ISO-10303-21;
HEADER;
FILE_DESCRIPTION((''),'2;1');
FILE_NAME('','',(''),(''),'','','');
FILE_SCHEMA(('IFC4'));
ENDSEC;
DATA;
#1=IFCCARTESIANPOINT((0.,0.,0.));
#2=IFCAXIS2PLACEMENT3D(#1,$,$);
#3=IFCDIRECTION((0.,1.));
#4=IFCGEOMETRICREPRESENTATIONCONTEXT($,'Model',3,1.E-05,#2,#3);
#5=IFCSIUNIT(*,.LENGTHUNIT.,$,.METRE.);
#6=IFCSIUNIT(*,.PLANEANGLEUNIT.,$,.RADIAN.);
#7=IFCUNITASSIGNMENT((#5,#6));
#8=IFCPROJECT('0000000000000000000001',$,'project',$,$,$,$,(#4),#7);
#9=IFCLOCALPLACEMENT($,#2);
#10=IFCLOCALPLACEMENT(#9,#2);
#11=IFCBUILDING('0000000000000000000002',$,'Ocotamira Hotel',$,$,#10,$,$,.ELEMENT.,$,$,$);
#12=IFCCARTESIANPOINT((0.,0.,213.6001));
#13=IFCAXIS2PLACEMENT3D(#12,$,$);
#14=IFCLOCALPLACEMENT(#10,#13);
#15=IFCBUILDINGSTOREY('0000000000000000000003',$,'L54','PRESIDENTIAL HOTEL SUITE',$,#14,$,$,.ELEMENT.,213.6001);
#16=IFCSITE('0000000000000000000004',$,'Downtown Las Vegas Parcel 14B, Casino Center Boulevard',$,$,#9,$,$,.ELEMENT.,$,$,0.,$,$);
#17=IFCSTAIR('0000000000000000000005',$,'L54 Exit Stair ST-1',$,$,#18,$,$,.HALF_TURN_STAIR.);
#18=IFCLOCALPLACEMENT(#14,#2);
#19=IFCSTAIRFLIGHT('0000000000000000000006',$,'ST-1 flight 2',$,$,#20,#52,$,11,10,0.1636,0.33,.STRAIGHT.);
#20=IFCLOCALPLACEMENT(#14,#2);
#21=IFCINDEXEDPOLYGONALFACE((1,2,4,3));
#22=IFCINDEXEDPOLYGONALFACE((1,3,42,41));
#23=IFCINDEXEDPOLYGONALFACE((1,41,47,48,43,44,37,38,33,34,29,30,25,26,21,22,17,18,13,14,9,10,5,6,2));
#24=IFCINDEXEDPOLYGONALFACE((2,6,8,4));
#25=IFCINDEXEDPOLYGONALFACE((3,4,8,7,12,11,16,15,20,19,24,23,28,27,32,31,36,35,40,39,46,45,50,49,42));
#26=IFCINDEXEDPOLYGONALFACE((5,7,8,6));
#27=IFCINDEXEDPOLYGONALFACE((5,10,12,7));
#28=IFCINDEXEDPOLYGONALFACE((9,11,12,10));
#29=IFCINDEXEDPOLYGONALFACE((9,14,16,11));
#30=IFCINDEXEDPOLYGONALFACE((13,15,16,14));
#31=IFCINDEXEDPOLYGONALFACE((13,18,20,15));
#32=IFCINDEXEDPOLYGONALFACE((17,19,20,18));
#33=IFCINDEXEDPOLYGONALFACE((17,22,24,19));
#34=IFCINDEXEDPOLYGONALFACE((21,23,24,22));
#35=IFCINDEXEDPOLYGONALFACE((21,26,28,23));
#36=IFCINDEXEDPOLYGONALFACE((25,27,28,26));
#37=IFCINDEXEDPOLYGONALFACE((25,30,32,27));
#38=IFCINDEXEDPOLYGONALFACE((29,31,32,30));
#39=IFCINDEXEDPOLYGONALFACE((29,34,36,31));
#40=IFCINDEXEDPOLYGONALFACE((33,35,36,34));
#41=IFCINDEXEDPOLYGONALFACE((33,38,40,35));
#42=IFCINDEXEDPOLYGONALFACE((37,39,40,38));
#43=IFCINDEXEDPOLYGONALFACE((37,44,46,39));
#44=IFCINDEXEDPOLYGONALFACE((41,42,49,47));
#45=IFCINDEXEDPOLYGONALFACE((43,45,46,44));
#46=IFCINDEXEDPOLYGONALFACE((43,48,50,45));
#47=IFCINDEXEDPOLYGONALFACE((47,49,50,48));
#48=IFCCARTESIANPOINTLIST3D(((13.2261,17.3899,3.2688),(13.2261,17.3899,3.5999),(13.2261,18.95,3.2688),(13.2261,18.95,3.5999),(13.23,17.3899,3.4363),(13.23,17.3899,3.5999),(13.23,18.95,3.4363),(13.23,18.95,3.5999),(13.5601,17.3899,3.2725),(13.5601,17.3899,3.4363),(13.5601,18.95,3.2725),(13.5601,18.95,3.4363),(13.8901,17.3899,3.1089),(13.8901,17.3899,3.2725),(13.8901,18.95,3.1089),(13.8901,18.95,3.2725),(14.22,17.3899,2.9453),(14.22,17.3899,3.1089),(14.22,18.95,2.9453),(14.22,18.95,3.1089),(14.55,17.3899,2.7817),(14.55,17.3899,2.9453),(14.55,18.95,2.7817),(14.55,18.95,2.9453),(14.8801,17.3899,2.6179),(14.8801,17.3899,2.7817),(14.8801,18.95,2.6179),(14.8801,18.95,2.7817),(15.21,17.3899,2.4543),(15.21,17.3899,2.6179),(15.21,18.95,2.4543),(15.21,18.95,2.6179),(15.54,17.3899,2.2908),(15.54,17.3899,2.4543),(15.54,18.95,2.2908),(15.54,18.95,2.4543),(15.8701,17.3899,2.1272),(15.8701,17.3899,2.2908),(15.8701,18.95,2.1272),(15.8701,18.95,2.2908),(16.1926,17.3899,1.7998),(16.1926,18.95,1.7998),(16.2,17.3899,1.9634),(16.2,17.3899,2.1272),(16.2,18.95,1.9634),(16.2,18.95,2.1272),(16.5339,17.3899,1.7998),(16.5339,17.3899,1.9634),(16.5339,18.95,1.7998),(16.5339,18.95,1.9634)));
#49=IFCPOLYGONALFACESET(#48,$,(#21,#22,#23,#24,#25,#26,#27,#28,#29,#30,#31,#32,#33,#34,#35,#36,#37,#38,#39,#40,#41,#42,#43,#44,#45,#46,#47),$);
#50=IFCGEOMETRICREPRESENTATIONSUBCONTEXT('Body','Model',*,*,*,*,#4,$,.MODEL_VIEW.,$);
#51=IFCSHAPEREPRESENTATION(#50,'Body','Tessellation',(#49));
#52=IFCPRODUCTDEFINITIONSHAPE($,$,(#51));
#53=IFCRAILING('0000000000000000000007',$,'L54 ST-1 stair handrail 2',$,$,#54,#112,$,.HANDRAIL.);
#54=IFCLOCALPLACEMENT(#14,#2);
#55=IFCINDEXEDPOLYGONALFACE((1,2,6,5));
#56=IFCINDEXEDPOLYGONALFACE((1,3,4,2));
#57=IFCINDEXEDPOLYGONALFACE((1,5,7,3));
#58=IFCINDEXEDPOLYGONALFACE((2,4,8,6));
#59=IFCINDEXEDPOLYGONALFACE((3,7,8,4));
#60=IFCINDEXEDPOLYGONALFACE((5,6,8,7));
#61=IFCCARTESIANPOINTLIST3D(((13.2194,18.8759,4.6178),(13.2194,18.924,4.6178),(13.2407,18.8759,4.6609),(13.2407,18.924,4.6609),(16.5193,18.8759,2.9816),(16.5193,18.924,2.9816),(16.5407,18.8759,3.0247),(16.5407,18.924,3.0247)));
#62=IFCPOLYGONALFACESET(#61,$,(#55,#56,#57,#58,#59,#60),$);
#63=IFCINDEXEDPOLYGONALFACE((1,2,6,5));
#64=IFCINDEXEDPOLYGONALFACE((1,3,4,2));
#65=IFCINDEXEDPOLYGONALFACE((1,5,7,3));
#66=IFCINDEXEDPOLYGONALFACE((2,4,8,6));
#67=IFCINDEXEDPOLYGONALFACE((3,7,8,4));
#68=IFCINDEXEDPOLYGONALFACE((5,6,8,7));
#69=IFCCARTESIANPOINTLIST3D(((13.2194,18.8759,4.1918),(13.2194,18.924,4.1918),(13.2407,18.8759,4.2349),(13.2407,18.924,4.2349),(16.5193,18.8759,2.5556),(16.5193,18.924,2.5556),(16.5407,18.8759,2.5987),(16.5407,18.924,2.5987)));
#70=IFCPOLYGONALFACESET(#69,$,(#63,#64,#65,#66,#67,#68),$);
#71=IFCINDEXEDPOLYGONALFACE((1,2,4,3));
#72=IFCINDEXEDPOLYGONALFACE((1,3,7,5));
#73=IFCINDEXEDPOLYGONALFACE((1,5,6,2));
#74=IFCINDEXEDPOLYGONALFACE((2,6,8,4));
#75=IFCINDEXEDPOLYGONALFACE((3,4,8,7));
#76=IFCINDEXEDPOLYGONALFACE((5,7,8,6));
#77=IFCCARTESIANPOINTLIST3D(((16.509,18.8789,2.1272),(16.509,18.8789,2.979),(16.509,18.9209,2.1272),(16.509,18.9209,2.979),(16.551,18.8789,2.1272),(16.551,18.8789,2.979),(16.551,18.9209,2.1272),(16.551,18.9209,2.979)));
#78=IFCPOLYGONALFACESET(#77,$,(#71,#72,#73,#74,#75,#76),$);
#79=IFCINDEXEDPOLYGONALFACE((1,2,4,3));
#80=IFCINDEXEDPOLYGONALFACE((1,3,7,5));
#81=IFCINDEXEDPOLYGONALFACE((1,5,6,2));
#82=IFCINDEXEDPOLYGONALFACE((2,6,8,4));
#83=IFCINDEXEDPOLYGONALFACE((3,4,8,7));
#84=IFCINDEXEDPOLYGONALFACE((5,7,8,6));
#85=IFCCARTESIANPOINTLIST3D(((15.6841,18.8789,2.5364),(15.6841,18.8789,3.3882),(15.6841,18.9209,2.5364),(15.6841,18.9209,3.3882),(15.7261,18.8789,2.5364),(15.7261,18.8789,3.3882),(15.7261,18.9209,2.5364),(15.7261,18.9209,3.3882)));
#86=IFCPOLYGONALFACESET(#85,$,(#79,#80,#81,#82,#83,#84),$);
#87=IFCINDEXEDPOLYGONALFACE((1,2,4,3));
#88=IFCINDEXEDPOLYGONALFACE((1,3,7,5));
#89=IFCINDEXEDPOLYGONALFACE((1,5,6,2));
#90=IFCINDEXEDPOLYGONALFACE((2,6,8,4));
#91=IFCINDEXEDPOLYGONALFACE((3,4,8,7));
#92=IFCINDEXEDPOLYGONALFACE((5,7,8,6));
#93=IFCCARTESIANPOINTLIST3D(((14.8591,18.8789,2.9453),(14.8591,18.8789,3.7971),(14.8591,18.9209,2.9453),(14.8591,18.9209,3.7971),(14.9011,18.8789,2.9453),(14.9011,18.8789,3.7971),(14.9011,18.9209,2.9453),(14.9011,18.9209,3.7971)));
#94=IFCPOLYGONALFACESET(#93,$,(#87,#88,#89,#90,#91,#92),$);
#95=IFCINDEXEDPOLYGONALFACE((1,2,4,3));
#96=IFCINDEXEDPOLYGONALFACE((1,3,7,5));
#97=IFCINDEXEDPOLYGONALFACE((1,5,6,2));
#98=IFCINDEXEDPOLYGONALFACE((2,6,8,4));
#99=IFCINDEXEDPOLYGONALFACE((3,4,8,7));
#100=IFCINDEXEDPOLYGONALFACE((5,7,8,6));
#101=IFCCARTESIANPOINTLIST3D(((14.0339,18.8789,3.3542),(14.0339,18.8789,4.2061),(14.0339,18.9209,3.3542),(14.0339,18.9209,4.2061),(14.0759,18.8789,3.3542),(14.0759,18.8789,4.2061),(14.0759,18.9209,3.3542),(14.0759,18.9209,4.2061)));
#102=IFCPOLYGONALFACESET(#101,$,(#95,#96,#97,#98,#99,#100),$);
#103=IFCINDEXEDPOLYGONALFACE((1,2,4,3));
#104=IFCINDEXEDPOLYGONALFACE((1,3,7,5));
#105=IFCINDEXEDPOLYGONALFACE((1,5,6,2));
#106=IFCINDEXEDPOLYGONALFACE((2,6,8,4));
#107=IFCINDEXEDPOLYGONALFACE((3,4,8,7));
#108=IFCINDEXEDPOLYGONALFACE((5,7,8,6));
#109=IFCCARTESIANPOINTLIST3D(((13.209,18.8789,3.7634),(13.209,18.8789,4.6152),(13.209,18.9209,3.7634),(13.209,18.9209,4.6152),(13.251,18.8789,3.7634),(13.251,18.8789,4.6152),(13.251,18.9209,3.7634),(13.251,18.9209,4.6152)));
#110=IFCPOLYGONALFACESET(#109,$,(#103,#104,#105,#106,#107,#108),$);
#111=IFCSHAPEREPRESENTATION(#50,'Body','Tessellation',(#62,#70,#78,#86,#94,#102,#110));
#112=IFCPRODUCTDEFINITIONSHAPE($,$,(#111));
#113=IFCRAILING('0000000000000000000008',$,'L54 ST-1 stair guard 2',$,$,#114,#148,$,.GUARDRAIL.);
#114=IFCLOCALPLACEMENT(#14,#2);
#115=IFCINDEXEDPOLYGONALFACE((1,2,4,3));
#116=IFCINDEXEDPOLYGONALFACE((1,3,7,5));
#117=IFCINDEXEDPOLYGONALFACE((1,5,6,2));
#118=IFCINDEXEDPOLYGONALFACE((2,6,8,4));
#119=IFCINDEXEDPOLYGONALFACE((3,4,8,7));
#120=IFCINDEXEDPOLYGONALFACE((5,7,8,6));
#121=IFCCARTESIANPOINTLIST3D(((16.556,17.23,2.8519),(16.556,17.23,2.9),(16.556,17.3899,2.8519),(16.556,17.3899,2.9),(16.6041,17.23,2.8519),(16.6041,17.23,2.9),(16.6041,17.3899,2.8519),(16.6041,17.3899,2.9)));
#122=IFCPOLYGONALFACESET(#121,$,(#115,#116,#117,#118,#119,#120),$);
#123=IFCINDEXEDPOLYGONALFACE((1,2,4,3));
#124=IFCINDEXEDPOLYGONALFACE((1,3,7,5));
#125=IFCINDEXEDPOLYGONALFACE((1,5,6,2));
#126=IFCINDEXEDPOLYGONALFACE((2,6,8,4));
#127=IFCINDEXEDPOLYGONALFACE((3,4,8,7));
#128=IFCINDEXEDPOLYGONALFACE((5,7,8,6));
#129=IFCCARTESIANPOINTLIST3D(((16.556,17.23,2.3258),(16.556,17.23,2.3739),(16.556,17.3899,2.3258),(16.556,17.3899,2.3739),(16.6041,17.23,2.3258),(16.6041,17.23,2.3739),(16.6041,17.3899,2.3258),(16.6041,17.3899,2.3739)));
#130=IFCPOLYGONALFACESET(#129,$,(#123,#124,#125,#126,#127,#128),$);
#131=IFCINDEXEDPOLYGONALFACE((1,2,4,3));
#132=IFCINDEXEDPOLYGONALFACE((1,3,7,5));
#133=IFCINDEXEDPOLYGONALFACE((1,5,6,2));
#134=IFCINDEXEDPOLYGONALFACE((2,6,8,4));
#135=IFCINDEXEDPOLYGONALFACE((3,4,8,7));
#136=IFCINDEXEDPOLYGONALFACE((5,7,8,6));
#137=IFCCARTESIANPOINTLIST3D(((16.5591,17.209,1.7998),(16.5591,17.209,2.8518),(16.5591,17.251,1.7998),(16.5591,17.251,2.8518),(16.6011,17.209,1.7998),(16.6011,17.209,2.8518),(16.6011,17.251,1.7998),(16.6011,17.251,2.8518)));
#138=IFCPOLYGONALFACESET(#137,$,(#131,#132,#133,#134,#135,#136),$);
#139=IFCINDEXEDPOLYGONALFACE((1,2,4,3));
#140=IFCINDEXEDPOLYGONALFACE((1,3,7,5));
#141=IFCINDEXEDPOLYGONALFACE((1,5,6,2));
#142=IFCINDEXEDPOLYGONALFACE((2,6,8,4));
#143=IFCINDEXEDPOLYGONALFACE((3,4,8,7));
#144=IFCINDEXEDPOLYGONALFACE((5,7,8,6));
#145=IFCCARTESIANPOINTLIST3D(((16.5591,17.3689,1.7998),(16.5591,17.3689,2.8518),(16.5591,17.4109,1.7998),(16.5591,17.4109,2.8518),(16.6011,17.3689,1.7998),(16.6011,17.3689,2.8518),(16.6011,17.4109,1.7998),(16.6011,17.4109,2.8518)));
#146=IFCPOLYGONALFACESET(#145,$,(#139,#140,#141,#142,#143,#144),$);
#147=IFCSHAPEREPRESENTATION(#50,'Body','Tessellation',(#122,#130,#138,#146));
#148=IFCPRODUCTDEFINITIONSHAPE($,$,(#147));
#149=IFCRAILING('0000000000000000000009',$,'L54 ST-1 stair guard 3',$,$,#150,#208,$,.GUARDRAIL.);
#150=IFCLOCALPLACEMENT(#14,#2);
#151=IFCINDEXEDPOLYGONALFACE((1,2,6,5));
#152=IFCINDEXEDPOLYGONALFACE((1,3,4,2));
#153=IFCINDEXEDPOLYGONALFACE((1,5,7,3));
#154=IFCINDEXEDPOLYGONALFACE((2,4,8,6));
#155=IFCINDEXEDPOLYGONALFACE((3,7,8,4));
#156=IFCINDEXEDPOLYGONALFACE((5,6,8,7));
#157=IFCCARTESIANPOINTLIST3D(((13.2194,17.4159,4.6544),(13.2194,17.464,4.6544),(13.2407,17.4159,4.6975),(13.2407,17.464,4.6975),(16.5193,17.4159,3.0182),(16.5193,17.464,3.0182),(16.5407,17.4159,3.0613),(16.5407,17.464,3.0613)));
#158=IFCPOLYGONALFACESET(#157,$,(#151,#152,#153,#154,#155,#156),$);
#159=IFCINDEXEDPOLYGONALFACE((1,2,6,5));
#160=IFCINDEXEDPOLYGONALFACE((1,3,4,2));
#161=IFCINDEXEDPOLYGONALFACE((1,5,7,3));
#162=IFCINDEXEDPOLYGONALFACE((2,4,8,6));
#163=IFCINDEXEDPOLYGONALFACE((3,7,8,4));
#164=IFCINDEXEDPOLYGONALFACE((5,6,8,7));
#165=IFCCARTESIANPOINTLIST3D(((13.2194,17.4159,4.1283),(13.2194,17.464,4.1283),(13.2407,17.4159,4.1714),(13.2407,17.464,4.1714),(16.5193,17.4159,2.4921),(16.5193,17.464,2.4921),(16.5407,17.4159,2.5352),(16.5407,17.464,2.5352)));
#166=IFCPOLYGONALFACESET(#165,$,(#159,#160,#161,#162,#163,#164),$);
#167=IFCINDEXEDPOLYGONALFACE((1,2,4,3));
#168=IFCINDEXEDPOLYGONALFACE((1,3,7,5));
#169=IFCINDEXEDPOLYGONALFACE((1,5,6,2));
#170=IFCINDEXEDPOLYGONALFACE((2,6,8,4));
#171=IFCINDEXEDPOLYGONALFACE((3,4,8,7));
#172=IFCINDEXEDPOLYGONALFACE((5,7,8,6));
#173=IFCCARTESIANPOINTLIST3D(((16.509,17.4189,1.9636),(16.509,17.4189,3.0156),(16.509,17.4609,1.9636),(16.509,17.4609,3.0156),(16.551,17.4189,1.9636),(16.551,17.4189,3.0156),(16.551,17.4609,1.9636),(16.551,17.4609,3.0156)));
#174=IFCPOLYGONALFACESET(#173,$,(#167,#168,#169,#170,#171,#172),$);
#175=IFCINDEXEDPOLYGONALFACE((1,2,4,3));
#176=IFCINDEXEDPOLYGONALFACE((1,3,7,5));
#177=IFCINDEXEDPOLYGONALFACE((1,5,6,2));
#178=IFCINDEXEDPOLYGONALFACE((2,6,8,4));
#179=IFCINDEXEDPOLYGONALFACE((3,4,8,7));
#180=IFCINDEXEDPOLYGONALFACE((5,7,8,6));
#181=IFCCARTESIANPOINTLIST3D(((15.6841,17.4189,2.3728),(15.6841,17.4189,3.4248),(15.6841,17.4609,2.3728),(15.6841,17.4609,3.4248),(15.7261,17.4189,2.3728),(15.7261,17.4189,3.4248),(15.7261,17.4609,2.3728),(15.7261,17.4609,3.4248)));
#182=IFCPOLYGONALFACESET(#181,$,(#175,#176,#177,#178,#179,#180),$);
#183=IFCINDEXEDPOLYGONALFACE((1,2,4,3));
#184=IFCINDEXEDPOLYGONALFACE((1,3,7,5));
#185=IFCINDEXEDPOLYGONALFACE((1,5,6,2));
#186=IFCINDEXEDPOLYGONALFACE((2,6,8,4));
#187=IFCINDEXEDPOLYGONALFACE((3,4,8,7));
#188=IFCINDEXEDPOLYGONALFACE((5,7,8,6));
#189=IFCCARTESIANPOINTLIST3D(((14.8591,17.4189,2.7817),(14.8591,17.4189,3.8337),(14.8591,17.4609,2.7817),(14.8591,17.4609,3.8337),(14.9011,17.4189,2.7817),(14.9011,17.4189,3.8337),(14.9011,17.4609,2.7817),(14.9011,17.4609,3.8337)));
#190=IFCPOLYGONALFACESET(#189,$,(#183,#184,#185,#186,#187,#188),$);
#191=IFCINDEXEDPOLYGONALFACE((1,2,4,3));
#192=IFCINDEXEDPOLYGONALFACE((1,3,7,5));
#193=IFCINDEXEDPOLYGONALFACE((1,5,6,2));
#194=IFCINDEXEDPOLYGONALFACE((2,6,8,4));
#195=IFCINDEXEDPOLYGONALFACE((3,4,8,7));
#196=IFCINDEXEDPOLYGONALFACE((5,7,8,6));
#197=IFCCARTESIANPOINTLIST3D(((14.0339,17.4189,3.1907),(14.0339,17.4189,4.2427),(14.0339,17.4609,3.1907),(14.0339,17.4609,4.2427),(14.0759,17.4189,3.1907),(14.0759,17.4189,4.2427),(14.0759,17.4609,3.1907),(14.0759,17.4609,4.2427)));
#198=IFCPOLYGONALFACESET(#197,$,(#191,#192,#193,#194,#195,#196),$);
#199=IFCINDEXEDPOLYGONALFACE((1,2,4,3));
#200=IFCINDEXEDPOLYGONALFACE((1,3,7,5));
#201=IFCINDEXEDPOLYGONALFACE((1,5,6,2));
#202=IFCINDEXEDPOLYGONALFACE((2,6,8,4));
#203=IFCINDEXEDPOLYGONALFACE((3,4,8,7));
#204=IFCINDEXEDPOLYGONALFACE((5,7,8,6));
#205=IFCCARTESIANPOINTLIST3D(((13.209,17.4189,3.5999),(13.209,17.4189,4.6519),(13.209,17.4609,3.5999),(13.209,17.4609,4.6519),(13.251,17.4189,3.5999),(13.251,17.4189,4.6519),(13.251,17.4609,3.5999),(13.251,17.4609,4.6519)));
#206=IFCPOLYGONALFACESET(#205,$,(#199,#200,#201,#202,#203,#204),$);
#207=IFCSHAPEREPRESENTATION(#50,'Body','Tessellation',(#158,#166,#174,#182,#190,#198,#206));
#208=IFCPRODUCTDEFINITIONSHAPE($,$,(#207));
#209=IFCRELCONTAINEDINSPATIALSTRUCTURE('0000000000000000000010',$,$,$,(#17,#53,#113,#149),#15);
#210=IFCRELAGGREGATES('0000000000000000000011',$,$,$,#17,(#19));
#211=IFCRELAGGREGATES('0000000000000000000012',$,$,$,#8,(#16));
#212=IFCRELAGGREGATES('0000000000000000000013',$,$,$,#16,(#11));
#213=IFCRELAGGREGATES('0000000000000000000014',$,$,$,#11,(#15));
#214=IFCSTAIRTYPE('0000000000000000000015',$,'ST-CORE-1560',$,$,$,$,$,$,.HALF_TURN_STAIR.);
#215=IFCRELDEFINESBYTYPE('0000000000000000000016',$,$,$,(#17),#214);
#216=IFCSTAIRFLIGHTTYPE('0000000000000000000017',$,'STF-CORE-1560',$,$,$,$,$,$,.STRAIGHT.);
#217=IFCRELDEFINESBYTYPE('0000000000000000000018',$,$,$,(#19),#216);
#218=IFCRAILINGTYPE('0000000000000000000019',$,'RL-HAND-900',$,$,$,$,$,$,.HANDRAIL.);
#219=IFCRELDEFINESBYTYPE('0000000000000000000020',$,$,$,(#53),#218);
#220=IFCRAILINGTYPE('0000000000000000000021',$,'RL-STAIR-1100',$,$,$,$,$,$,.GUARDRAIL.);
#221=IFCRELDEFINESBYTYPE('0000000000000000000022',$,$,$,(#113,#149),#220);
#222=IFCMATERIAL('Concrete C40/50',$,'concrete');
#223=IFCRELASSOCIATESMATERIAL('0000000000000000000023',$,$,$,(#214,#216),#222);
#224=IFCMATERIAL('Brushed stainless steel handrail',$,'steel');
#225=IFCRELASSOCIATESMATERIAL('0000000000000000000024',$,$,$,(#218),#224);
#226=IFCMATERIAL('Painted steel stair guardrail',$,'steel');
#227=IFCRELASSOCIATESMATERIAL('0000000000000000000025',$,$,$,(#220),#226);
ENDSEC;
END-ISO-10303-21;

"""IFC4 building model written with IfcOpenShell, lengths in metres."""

from ifc_helpers import new_model, si_unit, direction, frame, origin, origin_2d, place, context, subcontext, project, spatial, polyline, rectangle, outline, extrude, source, transform, mapped, material, type_object, element, aggregate, save


model = new_model("IFC4")

# Units and contexts
model_context = context("Model", 3, precision=1e-05, world=origin(), true_north=direction((0.0, 1.0)))
body_context = subcontext(model_context, "Body", "Model", "MODEL_VIEW")
ifc_project = project(units=[si_unit("LENGTHUNIT", "METRE"), si_unit("PLANEANGLEUNIT", "RADIAN")], contexts=[model_context])

# Site, building, storey
site_placement = place(None, origin())
site = spatial("IfcSite", under=ifc_project, at=site_placement, Name="Downtown Las Vegas Parcel 14B, Casino Center Boulevard", CompositionType="ELEMENT", RefElevation=0.0)
building_placement = place(site_placement, origin())
building = spatial("IfcBuilding", under=site, at=building_placement, Name="Ocotamira Hotel", CompositionType="ELEMENT")
storey_placement = place(building_placement, frame((0.0, 0.0, 213.6001)))
storey = spatial("IfcBuildingStorey", under=building, at=storey_placement, Name="L54", Description="PRESIDENTIAL HOTEL SUITE", CompositionType="ELEMENT", Elevation=213.6001)

# Stair, stair flight
ifc_material_1 = material(Name="Concrete C40/50", Category="concrete")
stair_type = type_object("IfcStairType", Name="ST-CORE-1560", PredefinedType="HALF_TURN_STAIR", material=ifc_material_1)
stair_placement = place(storey_placement, origin())
stair = element("IfcStair", 1, at=stair_placement, inside=storey, type_object=stair_type, Name="L54 Exit Stair ST-1", PredefinedType="HALF_TURN_STAIR")
stair_flight_type = type_object("IfcStairFlightType", Name="STF-CORE-1560", PredefinedType="STRAIGHT", material=ifc_material_1)
shared_shape_1 = source(origin(), body_context, "Body", "SweptSolid", [
    extrude(outline(polyline([(-0.0039, 0.0), (-0.0039, 0.1636), (0.3301, 0.1636), (0.3301, 0.3274), (0.6599, 0.3274), (0.6599, 0.491), (0.99, 0.491), (0.99, 0.6545), (1.3201, 0.6545), (1.3201, 0.8181), (1.6499, 0.8181), (1.6499, 0.9819), (1.98, 0.9819), (1.98, 1.1455), (2.3101, 1.1455), (2.3101, 1.3091), (2.6399, 1.3091), (2.6399, 1.4727), (2.97, 1.4727), (2.97, 1.6365), (3.3, 1.6365), (3.3, 1.8), (3.304, 1.8), (3.304, 1.469), (0.3374, 0.0), (-0.0039, 0.0)])), frame((0.0, 0.78, 0.0), z_axis=(0.0, -1.0, 0.0), x_axis=(1.0, 0.0, 0.0)), (0.0, 0.0, 1.0), 1.5601),
])
stair_flight_placement = place(storey_placement, frame((16.53, 18.1699, 1.7998), z_axis=(0.0, 0.0, 1.0), x_axis=(-1.0, 0.0, 0.0)))
stair_flight = element("IfcStairFlight", 2, at=stair_flight_placement, type_object=stair_flight_type, Name="ST-1 flight 2", NumberOfRisers=11, NumberOfTreads=10, PredefinedType="STRAIGHT", RiserHeight=0.1636, TreadLength=0.33, context=body_context, shape_type="MappedRepresentation", body=[
    mapped(shared_shape_1, transform((0.0, 0.0, 0.0), scale=1.0)),
])
aggregate(stair, [stair_flight])

# Railings
ifc_material_2 = material(Name="Brushed stainless steel handrail", Category="steel")
railing_type_1 = type_object("IfcRailingType", Name="RL-HAND-900", PredefinedType="HANDRAIL", material=ifc_material_2)
railing_1_placement = place(storey_placement, frame((16.53, 18.8999, 2.1272)))
element("IfcRailing", 3, at=railing_1_placement, inside=storey, type_object=railing_type_1, Name="L54 ST-1 stair handrail 2", PredefinedType="HANDRAIL", context=body_context, shape_type="SweptSolid", body=[
    extrude(rectangle(XDim=0.0481, YDim=0.0481, at=origin_2d()), frame((0.0, 0.0, 0.876), z_axis=(-0.89592, 0.0, 0.444215), x_axis=(0.0, -1.0, 0.0)), (0.0, 0.0, 1.0), 3.6833),
    extrude(rectangle(XDim=0.0481, YDim=0.0481, at=origin_2d()), frame((0.0, 0.0, 0.45), z_axis=(-0.89592, 0.0, 0.444215), x_axis=(0.0, -1.0, 0.0)), (0.0, 0.0, 1.0), 3.6833),
    extrude(rectangle(XDim=0.042, YDim=0.042, at=origin_2d()), origin(), (0.0, 0.0, 1.0), 0.8518),
    extrude(rectangle(XDim=0.042, YDim=0.042, at=origin_2d()), frame((-0.825, 0.0, 0.4092)), (0.0, 0.0, 1.0), 0.8518),
    extrude(rectangle(XDim=0.042, YDim=0.042, at=origin_2d()), frame((-1.6499, 0.0, 0.8181)), (0.0, 0.0, 1.0), 0.8518),
    extrude(rectangle(XDim=0.042, YDim=0.042, at=origin_2d()), frame((-2.4751, 0.0, 1.2271)), (0.0, 0.0, 1.0), 0.8518),
    extrude(rectangle(XDim=0.042, YDim=0.042, at=origin_2d()), frame((-3.3, 0.0, 1.6362)), (0.0, 0.0, 1.0), 0.8518),
])
ifc_material_3 = material(Name="Painted steel stair guardrail", Category="steel")
railing_type_2 = type_object("IfcRailingType", Name="RL-STAIR-1100", PredefinedType="GUARDRAIL", material=ifc_material_3)
railing_2_placement = place(storey_placement, frame((16.5801, 17.23, 1.7998)))
element("IfcRailing", 4, at=railing_2_placement, inside=storey, type_object=railing_type_2, Name="L54 ST-1 stair guard 2", PredefinedType="GUARDRAIL", context=body_context, shape_type="SweptSolid", body=[
    extrude(rectangle(XDim=0.0481, YDim=0.0481, at=origin_2d()), frame((0.0, 0.0, 1.0762), z_axis=(0.0, 1.0, 0.0), x_axis=(-1.0, 0.0, 0.0)), (0.0, 0.0, 1.0), 0.1599),
    extrude(rectangle(XDim=0.0481, YDim=0.0481, at=origin_2d()), frame((0.0, 0.0, 0.55), z_axis=(0.0, 1.0, 0.0), x_axis=(-1.0, 0.0, 0.0)), (0.0, 0.0, 1.0), 0.1599),
    extrude(rectangle(XDim=0.042, YDim=0.042, at=origin_2d()), origin(), (0.0, 0.0, 1.0), 1.052),
    extrude(rectangle(XDim=0.042, YDim=0.042, at=origin_2d()), frame((0.0, 0.1599, 0.0)), (0.0, 0.0, 1.0), 1.052),
])
railing_3_placement = place(storey_placement, frame((16.53, 17.4399, 1.9636)))
element("IfcRailing", 5, at=railing_3_placement, inside=storey, type_object=railing_type_2, Name="L54 ST-1 stair guard 3", PredefinedType="GUARDRAIL", context=body_context, shape_type="SweptSolid", body=[
    extrude(rectangle(XDim=0.0481, YDim=0.0481, at=origin_2d()), frame((0.0, 0.0, 1.0762), z_axis=(-0.89592, 0.0, 0.444215), x_axis=(0.0, -1.0, 0.0)), (0.0, 0.0, 1.0), 3.6833),
    extrude(rectangle(XDim=0.0481, YDim=0.0481, at=origin_2d()), frame((0.0, 0.0, 0.55), z_axis=(-0.89592, 0.0, 0.444215), x_axis=(0.0, -1.0, 0.0)), (0.0, 0.0, 1.0), 3.6833),
    extrude(rectangle(XDim=0.042, YDim=0.042, at=origin_2d()), origin(), (0.0, 0.0, 1.0), 1.052),
    extrude(rectangle(XDim=0.042, YDim=0.042, at=origin_2d()), frame((-0.825, 0.0, 0.4092)), (0.0, 0.0, 1.0), 1.052),
    extrude(rectangle(XDim=0.042, YDim=0.042, at=origin_2d()), frame((-1.6499, 0.0, 0.8181)), (0.0, 0.0, 1.0), 1.052),
    extrude(rectangle(XDim=0.042, YDim=0.042, at=origin_2d()), frame((-2.4751, 0.0, 1.2271)), (0.0, 0.0, 1.0), 1.052),
    extrude(rectangle(XDim=0.042, YDim=0.042, at=origin_2d()), frame((-3.3, 0.0, 1.6362)), (0.0, 0.0, 1.0), 1.052),
])

save(model, "model.ifc")
